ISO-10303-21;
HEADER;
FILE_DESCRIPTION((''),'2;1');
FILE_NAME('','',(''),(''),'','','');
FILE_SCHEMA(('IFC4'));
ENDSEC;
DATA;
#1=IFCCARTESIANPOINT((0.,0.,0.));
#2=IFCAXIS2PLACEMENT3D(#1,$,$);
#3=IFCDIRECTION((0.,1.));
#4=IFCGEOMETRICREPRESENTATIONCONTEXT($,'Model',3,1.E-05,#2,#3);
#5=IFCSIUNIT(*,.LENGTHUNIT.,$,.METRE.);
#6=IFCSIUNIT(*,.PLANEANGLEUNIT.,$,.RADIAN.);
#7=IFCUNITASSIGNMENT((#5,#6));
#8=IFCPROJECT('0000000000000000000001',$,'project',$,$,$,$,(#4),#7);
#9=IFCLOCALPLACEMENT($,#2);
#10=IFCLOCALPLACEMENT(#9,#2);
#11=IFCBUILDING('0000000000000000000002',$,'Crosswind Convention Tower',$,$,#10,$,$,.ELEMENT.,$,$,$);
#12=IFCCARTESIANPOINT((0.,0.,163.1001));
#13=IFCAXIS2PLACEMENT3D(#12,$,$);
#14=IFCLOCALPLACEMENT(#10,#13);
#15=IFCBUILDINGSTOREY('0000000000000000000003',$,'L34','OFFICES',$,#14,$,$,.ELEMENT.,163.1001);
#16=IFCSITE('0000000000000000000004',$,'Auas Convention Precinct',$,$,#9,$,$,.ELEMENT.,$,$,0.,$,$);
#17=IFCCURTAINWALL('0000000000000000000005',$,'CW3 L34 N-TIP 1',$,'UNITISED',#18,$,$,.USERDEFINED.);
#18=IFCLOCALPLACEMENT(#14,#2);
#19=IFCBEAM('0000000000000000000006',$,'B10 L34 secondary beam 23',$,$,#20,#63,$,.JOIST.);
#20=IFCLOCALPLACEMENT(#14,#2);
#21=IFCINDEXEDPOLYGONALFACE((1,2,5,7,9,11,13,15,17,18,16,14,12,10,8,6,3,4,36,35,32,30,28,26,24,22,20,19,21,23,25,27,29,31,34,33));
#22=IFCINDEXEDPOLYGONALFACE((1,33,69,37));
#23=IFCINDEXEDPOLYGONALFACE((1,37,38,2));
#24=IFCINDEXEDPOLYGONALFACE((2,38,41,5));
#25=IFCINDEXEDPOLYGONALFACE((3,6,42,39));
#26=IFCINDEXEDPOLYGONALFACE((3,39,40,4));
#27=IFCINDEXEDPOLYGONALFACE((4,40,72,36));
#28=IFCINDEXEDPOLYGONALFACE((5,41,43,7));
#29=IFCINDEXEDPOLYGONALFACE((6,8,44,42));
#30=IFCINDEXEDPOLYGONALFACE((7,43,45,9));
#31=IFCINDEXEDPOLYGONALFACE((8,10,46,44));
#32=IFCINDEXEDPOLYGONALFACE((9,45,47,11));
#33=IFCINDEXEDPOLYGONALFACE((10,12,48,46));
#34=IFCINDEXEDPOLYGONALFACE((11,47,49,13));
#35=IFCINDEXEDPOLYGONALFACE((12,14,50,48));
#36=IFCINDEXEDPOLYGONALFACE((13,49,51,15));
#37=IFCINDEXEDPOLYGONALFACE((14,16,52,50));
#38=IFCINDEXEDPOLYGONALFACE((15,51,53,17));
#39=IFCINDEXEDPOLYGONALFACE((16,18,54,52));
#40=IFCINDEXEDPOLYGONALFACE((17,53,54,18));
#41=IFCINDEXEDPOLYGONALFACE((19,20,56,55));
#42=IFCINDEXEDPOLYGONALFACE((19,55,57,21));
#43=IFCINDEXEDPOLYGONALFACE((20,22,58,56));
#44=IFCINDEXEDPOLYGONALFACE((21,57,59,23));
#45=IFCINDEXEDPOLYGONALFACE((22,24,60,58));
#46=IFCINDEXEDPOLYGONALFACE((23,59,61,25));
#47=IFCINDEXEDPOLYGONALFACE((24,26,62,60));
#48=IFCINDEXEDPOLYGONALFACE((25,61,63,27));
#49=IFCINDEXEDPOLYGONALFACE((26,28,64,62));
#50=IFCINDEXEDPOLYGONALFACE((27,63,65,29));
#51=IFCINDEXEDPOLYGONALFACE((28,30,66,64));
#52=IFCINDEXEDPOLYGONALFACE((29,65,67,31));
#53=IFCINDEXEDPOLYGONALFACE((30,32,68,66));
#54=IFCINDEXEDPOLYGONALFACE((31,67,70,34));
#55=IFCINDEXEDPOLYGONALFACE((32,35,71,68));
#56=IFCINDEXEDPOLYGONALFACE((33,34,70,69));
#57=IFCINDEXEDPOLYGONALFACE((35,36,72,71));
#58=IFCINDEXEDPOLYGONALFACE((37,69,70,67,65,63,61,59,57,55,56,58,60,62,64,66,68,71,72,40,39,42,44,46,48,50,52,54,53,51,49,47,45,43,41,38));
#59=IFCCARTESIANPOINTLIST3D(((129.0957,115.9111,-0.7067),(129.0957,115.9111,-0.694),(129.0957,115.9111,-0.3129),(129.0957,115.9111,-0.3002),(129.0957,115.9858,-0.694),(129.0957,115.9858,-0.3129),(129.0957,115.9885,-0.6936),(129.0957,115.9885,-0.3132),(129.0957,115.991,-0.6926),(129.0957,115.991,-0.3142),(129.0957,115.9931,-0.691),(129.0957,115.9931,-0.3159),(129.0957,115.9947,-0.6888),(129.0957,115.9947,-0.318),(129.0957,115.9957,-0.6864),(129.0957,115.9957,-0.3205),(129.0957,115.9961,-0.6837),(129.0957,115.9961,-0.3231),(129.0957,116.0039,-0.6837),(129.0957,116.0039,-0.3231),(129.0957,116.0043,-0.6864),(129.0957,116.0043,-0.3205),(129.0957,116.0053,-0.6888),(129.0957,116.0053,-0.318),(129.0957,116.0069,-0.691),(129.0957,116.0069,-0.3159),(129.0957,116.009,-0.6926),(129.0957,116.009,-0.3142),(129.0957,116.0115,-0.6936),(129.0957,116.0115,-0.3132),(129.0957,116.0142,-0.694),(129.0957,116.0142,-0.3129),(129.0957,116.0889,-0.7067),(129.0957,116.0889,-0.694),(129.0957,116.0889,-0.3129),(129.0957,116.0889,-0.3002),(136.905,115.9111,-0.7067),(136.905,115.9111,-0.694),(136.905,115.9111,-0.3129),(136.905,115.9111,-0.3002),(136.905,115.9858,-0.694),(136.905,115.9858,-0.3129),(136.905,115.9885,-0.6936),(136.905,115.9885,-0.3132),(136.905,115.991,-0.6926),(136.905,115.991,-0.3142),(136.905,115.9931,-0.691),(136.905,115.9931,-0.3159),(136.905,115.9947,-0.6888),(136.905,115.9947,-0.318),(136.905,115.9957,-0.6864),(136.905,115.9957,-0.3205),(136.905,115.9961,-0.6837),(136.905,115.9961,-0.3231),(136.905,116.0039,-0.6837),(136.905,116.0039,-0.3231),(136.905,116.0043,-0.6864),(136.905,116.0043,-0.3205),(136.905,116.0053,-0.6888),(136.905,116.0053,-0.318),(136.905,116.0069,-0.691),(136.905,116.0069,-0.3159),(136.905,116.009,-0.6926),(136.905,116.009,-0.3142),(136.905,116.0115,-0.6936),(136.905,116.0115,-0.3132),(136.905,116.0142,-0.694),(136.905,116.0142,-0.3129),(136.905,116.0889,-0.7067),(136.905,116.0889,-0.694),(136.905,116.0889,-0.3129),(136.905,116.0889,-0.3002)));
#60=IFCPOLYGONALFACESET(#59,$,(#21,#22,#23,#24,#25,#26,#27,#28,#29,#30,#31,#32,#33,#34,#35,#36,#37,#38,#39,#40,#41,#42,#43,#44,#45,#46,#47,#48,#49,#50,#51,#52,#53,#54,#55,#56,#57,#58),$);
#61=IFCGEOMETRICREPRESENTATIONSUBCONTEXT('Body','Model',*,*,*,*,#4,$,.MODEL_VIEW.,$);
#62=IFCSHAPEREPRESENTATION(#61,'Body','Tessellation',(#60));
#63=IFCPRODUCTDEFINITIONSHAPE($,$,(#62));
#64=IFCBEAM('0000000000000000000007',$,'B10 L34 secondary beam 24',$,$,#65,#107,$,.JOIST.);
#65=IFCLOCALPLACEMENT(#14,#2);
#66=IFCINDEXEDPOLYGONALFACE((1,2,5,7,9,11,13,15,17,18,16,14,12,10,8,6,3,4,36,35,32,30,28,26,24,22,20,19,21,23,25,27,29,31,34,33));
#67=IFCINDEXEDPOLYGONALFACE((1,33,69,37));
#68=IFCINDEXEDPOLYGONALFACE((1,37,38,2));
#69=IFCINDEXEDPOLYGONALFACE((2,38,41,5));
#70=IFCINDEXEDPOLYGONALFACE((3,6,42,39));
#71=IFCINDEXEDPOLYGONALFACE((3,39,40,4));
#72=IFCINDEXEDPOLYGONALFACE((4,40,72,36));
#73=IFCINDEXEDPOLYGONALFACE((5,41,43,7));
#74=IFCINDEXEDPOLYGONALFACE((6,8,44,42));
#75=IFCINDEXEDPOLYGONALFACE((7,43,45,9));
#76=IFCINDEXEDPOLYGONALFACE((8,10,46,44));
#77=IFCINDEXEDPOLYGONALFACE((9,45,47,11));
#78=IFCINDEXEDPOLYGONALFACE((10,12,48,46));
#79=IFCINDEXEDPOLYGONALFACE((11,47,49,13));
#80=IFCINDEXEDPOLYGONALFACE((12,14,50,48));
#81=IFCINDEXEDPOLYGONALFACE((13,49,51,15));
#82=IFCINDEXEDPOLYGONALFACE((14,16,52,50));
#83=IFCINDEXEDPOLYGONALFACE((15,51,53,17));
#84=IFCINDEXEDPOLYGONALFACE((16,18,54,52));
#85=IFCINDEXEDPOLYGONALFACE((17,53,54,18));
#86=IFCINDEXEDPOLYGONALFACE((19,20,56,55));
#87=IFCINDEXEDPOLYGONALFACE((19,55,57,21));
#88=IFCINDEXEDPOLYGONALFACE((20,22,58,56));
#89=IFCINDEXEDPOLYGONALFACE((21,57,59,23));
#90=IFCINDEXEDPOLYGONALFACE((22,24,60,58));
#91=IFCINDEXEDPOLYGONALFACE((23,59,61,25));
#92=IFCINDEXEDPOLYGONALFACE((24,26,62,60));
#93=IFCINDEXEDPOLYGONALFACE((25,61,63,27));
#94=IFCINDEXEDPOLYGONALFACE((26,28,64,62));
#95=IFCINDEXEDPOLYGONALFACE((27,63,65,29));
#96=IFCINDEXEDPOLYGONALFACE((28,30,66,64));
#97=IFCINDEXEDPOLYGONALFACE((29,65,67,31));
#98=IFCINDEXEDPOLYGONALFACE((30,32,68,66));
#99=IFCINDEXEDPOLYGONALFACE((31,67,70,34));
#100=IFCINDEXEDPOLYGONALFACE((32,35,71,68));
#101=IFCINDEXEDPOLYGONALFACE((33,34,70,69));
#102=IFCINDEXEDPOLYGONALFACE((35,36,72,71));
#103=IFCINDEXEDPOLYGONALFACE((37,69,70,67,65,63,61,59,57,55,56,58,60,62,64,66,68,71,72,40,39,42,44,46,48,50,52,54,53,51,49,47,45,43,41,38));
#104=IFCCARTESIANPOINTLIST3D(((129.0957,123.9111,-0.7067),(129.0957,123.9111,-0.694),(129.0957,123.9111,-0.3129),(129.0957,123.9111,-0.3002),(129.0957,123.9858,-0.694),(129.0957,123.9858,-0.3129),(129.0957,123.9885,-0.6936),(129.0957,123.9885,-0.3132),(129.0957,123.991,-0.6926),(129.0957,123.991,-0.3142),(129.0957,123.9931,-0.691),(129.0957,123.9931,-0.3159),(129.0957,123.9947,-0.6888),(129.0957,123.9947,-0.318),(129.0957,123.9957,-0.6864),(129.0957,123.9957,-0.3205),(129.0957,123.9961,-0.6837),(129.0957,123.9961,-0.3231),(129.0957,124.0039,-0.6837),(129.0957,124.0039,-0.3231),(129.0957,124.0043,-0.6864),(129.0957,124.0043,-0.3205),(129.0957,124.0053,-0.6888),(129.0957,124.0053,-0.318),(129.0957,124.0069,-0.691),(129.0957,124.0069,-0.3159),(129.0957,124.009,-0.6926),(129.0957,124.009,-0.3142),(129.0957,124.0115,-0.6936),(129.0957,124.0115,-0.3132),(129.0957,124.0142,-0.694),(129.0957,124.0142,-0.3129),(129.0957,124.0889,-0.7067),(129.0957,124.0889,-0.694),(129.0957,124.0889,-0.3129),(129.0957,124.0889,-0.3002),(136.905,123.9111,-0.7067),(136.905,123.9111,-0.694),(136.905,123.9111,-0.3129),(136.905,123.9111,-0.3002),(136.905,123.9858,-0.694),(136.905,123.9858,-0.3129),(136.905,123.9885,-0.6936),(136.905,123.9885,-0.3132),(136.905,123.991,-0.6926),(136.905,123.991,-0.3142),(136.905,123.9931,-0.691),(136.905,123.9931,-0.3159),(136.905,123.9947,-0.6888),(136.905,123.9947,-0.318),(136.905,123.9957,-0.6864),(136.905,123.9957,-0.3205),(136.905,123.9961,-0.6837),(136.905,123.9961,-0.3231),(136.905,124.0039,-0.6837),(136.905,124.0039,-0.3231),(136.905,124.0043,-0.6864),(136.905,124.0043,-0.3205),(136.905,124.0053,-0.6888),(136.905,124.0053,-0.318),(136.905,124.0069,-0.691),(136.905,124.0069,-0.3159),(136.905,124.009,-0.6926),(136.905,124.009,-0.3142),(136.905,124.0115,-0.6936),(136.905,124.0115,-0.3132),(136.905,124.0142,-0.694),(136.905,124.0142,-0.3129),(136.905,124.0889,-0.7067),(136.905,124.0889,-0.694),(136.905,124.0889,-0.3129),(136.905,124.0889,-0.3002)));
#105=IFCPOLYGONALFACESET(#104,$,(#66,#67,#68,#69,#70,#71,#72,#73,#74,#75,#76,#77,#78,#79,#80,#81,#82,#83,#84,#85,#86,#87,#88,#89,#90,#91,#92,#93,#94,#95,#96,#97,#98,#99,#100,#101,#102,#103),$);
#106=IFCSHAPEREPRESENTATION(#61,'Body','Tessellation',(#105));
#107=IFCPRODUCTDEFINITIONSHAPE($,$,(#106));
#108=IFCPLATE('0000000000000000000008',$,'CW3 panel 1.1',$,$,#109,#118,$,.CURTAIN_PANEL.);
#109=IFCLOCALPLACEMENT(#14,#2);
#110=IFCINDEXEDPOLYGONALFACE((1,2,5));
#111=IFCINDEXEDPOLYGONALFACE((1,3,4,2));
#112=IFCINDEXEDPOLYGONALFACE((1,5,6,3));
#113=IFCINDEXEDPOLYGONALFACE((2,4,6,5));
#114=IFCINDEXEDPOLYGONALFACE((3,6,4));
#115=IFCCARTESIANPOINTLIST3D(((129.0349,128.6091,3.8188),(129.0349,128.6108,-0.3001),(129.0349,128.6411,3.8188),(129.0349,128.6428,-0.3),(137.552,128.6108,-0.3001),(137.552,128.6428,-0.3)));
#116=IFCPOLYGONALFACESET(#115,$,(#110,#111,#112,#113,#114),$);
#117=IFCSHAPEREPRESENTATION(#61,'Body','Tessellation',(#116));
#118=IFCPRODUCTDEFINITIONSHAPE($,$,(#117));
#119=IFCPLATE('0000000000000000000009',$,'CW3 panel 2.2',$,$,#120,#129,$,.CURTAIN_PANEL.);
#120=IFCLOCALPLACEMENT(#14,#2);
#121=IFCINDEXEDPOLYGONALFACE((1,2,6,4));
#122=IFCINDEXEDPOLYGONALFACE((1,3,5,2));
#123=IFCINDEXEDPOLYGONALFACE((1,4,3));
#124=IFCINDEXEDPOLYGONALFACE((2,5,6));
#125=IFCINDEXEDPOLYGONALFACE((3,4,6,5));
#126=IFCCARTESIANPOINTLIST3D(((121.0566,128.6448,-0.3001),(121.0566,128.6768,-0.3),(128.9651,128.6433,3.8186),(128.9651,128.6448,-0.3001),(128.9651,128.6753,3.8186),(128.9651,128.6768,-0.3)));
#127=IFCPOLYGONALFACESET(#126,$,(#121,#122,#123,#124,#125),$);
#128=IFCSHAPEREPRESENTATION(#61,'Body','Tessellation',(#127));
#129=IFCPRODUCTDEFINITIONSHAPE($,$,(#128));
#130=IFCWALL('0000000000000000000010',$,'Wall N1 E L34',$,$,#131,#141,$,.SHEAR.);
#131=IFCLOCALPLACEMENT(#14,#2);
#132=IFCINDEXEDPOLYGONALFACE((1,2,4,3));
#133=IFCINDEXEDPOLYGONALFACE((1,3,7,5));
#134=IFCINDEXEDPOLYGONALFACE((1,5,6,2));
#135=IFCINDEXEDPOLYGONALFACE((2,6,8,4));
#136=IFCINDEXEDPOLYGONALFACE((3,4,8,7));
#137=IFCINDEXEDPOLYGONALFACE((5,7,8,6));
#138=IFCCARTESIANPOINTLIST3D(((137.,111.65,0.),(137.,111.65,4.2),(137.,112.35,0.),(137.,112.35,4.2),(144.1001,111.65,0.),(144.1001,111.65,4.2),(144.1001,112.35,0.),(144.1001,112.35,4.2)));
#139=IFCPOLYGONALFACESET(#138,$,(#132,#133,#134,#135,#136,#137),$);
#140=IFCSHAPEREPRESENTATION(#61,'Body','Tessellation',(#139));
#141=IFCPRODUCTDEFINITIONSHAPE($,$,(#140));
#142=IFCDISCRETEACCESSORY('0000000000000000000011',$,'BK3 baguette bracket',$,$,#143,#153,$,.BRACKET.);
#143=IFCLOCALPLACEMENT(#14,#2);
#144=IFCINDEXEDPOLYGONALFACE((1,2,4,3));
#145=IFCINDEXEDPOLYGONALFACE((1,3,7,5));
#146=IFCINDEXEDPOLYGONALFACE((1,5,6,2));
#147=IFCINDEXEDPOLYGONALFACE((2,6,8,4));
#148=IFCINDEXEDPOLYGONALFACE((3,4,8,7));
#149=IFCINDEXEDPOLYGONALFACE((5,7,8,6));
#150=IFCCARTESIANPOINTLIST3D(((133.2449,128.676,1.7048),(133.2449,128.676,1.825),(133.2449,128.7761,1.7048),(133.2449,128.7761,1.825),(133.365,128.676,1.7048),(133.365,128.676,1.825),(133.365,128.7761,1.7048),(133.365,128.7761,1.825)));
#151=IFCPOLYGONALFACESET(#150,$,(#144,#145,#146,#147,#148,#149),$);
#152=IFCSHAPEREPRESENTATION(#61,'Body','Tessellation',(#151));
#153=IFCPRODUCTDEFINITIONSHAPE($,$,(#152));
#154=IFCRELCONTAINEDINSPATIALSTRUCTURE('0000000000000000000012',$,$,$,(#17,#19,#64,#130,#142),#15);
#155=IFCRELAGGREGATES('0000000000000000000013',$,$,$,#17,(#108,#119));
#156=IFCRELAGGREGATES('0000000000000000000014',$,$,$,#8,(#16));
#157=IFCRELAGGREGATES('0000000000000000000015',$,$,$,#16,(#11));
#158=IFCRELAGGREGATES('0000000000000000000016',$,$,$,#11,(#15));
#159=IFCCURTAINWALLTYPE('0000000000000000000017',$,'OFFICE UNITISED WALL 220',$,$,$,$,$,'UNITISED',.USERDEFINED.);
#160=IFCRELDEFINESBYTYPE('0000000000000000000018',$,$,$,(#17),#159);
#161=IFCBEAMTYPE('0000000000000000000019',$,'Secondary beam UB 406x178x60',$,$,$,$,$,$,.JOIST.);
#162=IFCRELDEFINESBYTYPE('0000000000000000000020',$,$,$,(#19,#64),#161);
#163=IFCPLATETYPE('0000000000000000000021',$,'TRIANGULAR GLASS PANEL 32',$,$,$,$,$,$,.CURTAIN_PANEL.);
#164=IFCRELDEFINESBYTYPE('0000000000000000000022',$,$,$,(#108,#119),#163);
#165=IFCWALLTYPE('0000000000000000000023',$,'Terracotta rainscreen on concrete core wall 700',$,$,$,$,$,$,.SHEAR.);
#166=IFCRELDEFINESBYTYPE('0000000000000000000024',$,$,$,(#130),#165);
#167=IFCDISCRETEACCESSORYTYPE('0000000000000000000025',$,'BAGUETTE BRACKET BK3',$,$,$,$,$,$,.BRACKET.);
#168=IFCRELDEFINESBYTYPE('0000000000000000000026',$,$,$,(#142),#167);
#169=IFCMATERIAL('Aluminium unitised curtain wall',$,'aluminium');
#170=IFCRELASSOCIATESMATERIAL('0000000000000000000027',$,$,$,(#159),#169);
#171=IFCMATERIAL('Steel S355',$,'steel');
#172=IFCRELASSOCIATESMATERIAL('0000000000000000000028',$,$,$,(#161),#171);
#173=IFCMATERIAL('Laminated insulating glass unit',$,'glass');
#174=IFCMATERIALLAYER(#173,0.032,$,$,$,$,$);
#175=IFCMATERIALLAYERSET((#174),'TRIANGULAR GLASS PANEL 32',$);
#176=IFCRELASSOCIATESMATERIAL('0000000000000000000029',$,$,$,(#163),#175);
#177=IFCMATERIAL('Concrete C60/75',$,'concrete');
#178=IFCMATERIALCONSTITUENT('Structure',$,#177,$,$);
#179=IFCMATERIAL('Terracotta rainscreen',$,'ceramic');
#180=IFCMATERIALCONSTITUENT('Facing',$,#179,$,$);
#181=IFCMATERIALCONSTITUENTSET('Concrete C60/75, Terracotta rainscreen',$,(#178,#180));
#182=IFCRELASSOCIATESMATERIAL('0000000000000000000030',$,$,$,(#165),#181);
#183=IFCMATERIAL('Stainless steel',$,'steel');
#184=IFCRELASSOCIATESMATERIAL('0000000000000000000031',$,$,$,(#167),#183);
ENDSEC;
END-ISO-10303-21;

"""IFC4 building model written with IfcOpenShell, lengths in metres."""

from ifc_helpers import new_model, si_unit, direction, frame, frame_2d, origin, origin_2d, place, context, subcontext, project, spatial, polyline, rectangle, i_section, outline, extrude, material, layer, layer_set, constituent, constituent_set, material_profile, profile_set, type_object, element, aggregate, save


model = new_model("IFC4")

# Units and contexts
model_context = context("Model", 3, precision=1e-05, world=origin(), true_north=direction((0.0, 1.0)))
body_context = subcontext(model_context, "Body", "Model", "MODEL_VIEW")
ifc_project = project(units=[si_unit("LENGTHUNIT", "METRE"), si_unit("PLANEANGLEUNIT", "RADIAN")], contexts=[model_context])

# Site, building, storey
site_placement = place(None, origin())
site = spatial("IfcSite", under=ifc_project, at=site_placement, Name="Auas Convention Precinct", CompositionType="ELEMENT", RefElevation=0.0)
building_placement = place(site_placement, origin())
building = spatial("IfcBuilding", under=site, at=building_placement, Name="Crosswind Convention Tower", CompositionType="ELEMENT")
storey_placement = place(building_placement, frame((0.0, 0.0, 163.1001)))
storey = spatial("IfcBuildingStorey", under=building, at=storey_placement, Name="L34", Description="OFFICES", CompositionType="ELEMENT", Elevation=163.1001)

# Shared definitions
ifc_material_1 = material(Name="Concrete C60/75", Category="concrete")

# Shared definitions
ifc_material_2 = material(Name="Steel S355", Category="steel")

# Curtain wall
ifc_material_3 = material(Name="Aluminium unitised curtain wall", Category="aluminium")
curtain_wall_type = type_object("IfcCurtainWallType", Name="OFFICE UNITISED WALL 220", ElementType="UNITISED", PredefinedType="USERDEFINED", material=ifc_material_3)
curtain_wall_placement = place(storey_placement, origin())
curtain_wall = element("IfcCurtainWall", 1, at=curtain_wall_placement, inside=storey, type_object=curtain_wall_type, Name="CW3 L34 N-TIP 1", ObjectType="UNITISED", PredefinedType="USERDEFINED")

# Beams
ifc_material_profile_1 = material_profile(ifc_material_2, i_section(OverallWidth=0.1777, OverallDepth=0.4065, WebThickness=0.0078, FlangeThickness=0.0127, FilletRadius=0.0103, at=origin_2d()), Name="UB 406x178x60")
ifc_profile_set_1 = profile_set([ifc_material_profile_1], Name="Steel S355")
beam_type_1 = type_object("IfcBeamType", Name="Secondary beam UB 406x178x60", PredefinedType="JOIST", material=ifc_profile_set_1)
for number, where, z_axis, x_axis, name in (
    (2, (129.0957, 116.0, -0.5034), (1.0, 0.0, 0.0), (0.0, 1.0, 0.0), "B10 L34 secondary beam 23"),
    (3, (129.0957, 124.0, -0.5034), (1.0, 0.0, 0.0), (0.0, 1.0, 0.0), "B10 L34 secondary beam 24"),
):
    element("IfcBeam", number, at=place(storey_placement, frame(where, z_axis=z_axis, x_axis=x_axis)), inside=storey, type_object=beam_type_1, Name=name, PredefinedType="JOIST", context=body_context, shape_type="SweptSolid", body=[
        extrude(i_section(OverallWidth=0.1777, OverallDepth=0.4065, WebThickness=0.0078, FlangeThickness=0.0127, FilletRadius=0.0103, at=origin_2d()), origin(), (0.0, 0.0, 1.0), 7.8093),
    ])

# Plates
ifc_material_4 = material(Name="Laminated insulating glass unit", Category="glass")
ifc_layer = layer(ifc_material_4, 0.032)
ifc_layer_set = layer_set([ifc_layer], Name="TRIANGULAR GLASS PANEL 32")
plate_type = type_object("IfcPlateType", Name="TRIANGULAR GLASS PANEL 32", PredefinedType="CURTAIN_PANEL", material=ifc_layer_set)
plate_1_placement = place(storey_placement, frame((129.0349, 128.6428, -0.3), z_axis=(0.0, 1.0, 0.000415), x_axis=(0.0, -0.000415, 1.0)))
plate_1 = element("IfcPlate", 4, at=plate_1_placement, type_object=plate_type, Name="CW3 panel 1.1", PredefinedType="CURTAIN_PANEL", context=body_context, shape_type="SweptSolid", body=[
    extrude(outline(polyline([(0.0, 0.0), (4.1189, 0.0), (0.0, 8.5171), (0.0, 0.0)])), origin(), (0.0, 0.0, -1.0), 0.032),
])
plate_2_placement = place(storey_placement, frame((128.9651, 128.6768, -0.3), z_axis=(0.0, 1.0, 0.000356), x_axis=(-1.0, 0.0, 0.0)))
plate_2 = element("IfcPlate", 5, at=plate_2_placement, type_object=plate_type, Name="CW3 panel 2.2", PredefinedType="CURTAIN_PANEL", context=body_context, shape_type="SweptSolid", body=[
    extrude(outline(polyline([(0.0, 0.0), (7.9084, 0.0), (0.0, 4.1187), (0.0, 0.0)])), origin(), (0.0, 0.0, -1.0), 0.032),
])
aggregate(curtain_wall, [plate_1, plate_2])

# Wall
ifc_constituent_1 = constituent(ifc_material_1, Name="Structure")
ifc_material_5 = material(Name="Terracotta rainscreen", Category="ceramic")
ifc_constituent_2 = constituent(ifc_material_5, Name="Facing")
ifc_constituent_set = constituent_set(constituents=[ifc_constituent_1, ifc_constituent_2], Name="Concrete C60/75, Terracotta rainscreen")
wall_type = type_object("IfcWallType", Name="Terracotta rainscreen on concrete core wall 700", PredefinedType="SHEAR", material=ifc_constituent_set)
wall_placement = place(storey_placement, frame((137.0, 112.0, 0.0), z_axis=(0.0, 0.0, 1.0), x_axis=(1.0, 0.0, 0.0)))
element("IfcWall", 6, at=wall_placement, inside=storey, type_object=wall_type, Name="Wall N1 E L34", PredefinedType="SHEAR", context=body_context, shape_type="SweptSolid", body=[
    extrude(rectangle(XDim=7.1001, YDim=0.7, at=frame_2d((3.55, 0.0))), origin(), (0.0, 0.0, 1.0), 4.2),
])

# Discrete accessory
ifc_material_6 = material(Name="Stainless steel", Category="steel")
discrete_accessory_type = type_object("IfcDiscreteAccessoryType", Name="BAGUETTE BRACKET BK3", PredefinedType="BRACKET", material=ifc_material_6)
discrete_accessory_placement = place(storey_placement, frame((133.3049, 128.7261, 1.7048), z_axis=(0.0, 0.0, 1.0), x_axis=(-1.0, 0.0, 0.0)))
element("IfcDiscreteAccessory", 7, at=discrete_accessory_placement, inside=storey, type_object=discrete_accessory_type, Name="BK3 baguette bracket", PredefinedType="BRACKET", context=body_context, shape_type="SweptSolid", body=[
    extrude(rectangle(XDim=0.1201, YDim=0.1001, at=origin_2d()), origin(), (0.0, 0.0, 1.0), 0.1201),
])

save(model, "model.ifc")
